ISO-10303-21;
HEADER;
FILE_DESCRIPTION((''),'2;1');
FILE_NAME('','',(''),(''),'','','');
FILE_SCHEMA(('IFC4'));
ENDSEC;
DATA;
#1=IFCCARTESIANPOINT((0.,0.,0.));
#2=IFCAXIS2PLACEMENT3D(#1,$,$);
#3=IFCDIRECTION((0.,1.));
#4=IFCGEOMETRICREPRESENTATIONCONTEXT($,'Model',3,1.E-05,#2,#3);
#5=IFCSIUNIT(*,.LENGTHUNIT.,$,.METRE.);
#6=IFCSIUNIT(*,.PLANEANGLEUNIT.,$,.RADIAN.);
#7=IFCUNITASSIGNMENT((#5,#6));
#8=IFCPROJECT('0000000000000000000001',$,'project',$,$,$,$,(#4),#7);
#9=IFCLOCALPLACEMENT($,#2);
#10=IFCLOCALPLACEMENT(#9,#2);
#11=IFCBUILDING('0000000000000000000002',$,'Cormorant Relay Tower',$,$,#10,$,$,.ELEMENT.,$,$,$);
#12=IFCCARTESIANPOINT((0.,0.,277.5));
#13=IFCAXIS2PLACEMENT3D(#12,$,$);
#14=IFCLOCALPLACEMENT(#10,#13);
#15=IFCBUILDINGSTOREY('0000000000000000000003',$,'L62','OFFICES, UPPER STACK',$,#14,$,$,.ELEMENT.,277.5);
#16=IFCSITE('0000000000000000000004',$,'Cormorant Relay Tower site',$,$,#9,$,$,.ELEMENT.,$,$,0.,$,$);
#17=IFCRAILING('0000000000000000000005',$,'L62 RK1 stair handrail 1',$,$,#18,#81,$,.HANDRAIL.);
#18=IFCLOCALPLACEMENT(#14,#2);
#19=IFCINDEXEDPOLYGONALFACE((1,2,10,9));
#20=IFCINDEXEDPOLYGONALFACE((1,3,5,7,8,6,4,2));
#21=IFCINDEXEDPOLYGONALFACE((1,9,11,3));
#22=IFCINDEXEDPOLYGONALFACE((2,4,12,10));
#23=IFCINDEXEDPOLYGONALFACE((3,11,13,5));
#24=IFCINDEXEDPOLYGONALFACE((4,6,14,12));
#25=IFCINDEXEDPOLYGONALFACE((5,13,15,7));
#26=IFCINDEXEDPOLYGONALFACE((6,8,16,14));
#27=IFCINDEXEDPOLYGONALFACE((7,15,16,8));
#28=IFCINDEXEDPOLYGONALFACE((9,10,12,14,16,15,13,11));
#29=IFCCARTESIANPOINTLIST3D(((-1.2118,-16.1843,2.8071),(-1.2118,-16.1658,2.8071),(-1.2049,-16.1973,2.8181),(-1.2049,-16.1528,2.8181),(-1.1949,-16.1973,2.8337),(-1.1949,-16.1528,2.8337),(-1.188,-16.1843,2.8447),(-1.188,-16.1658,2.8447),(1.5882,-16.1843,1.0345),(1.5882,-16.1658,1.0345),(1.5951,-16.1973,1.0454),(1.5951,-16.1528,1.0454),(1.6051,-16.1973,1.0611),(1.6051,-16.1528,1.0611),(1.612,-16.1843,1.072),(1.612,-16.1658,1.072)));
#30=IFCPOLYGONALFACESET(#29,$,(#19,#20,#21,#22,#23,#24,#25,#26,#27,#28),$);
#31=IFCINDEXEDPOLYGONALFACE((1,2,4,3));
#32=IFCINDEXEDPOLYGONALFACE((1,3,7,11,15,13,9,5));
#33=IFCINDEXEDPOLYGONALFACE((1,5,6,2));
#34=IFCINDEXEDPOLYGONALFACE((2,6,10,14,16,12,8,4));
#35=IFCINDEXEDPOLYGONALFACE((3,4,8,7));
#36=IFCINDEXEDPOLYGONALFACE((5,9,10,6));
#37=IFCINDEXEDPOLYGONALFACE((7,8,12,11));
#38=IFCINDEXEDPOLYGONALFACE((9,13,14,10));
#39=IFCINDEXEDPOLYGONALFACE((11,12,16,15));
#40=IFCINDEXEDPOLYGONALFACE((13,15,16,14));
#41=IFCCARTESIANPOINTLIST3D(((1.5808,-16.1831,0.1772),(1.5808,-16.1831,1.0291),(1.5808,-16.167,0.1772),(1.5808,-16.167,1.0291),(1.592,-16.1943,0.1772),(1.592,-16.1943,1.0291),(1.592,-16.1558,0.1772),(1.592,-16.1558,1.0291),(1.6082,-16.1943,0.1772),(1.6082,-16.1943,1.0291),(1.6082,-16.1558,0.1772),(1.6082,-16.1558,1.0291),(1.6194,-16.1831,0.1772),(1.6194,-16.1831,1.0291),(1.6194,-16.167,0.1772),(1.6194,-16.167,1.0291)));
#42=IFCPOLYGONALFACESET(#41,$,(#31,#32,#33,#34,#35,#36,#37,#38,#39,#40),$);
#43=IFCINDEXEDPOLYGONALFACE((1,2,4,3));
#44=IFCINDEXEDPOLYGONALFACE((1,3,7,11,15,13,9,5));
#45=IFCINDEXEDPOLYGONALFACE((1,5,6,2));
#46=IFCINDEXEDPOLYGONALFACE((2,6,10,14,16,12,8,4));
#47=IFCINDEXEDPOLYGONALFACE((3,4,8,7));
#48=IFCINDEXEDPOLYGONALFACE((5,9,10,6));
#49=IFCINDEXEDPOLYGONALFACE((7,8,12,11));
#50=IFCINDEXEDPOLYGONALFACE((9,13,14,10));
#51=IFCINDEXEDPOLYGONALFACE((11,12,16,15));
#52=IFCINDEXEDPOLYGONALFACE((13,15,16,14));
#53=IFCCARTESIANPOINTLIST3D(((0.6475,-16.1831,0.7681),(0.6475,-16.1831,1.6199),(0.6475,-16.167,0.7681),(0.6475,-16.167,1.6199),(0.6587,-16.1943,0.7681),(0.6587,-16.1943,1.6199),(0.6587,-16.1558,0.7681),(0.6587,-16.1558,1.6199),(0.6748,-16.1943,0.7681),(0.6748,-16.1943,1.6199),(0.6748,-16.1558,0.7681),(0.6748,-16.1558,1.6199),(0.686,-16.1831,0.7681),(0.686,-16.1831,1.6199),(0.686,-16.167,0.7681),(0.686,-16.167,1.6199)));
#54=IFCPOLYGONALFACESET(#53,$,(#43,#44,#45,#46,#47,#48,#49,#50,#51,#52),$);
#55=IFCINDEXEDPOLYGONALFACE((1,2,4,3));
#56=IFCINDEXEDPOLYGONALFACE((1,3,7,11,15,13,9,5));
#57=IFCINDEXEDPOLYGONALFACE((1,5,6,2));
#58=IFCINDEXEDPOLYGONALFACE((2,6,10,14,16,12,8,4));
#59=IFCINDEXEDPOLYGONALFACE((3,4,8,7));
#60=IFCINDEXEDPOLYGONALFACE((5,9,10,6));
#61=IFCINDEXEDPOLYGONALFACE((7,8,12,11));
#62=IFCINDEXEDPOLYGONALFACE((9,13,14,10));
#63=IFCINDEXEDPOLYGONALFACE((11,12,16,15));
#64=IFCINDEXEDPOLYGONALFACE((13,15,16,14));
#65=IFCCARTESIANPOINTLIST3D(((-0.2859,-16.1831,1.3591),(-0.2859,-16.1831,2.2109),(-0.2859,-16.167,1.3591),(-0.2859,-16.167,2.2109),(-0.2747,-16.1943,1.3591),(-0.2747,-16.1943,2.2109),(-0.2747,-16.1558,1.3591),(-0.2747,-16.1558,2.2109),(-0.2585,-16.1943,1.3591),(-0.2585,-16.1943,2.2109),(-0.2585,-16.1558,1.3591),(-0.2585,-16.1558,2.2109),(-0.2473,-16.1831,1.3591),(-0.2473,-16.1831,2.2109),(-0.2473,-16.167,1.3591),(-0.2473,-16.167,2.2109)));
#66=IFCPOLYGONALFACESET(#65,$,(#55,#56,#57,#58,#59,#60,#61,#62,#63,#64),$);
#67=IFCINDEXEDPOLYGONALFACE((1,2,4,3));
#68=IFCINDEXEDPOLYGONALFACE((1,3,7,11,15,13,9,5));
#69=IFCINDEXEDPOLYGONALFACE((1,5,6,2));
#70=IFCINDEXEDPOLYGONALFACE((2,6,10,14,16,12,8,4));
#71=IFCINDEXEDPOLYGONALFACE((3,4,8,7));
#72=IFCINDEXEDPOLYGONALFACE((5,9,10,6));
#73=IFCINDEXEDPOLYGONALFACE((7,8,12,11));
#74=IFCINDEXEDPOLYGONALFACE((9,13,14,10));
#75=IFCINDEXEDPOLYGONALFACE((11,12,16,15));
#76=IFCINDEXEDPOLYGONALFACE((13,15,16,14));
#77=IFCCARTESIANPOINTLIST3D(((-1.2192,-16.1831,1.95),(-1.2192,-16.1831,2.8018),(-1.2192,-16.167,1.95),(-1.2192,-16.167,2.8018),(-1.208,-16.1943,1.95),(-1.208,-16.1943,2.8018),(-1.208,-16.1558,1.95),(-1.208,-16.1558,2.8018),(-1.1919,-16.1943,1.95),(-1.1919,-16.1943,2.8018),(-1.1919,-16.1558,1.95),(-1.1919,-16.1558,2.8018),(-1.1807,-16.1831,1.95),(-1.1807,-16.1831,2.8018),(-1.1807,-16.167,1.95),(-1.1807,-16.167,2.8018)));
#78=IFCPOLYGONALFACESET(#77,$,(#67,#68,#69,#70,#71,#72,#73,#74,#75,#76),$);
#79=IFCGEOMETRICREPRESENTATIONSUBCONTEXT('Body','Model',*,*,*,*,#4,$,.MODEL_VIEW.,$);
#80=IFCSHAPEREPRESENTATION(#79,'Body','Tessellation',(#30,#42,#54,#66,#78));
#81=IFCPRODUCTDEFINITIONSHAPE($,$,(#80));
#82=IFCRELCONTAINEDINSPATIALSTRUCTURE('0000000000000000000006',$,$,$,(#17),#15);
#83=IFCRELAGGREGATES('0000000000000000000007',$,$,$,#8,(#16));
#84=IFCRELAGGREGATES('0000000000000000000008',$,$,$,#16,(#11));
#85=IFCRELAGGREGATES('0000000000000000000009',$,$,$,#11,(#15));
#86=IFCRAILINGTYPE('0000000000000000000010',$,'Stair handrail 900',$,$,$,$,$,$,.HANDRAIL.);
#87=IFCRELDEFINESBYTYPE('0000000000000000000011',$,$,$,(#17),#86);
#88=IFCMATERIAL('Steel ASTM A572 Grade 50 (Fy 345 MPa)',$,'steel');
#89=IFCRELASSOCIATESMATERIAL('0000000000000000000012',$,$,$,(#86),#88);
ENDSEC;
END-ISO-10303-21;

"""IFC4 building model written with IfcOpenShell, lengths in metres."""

from ifc_helpers import new_model, si_unit, direction, frame, origin, place, context, subcontext, project, spatial, polyline, outline, extrude, material, type_object, element, save


model = new_model("IFC4")

# Units and contexts
model_context = context("Model", 3, precision=1e-05, world=origin(), true_north=direction((0.0, 1.0)))
body_context = subcontext(model_context, "Body", "Model", "MODEL_VIEW")
ifc_project = project(units=[si_unit("LENGTHUNIT", "METRE"), si_unit("PLANEANGLEUNIT", "RADIAN")], contexts=[model_context])

# Site, building, storey
site_placement = place(None, origin())
site = spatial("IfcSite", under=ifc_project, at=site_placement, Name="Cormorant Relay Tower site", CompositionType="ELEMENT", RefElevation=0.0)
building_placement = place(site_placement, origin())
building = spatial("IfcBuilding", under=site, at=building_placement, Name="Cormorant Relay Tower", CompositionType="ELEMENT")
storey_placement = place(building_placement, frame((0.0, 0.0, 277.5)))
storey = spatial("IfcBuildingStorey", under=building, at=storey_placement, Name="L62", Description="OFFICES, UPPER STACK", CompositionType="ELEMENT", Elevation=277.5)

# Railing
ifc_material_1 = material(Name="Steel ASTM A572 Grade 50 (Fy 345 MPa)", Category="steel")
railing_type = type_object("IfcRailingType", Name="Stair handrail 900", PredefinedType="HANDRAIL", material=ifc_material_1)
railing_placement = place(storey_placement, frame((1.6001, -16.175, 0.1772)))
element("IfcRailing", 1, at=railing_placement, inside=storey, type_object=railing_type, Name="L62 RK1 stair handrail 1", PredefinedType="HANDRAIL", context=body_context, shape_type="SweptSolid", body=[
    extrude(outline(polyline([(0.0222, 0.0093), (0.0093, 0.0222), (-0.0093, 0.0222), (-0.0222, 0.0093), (-0.0222, -0.0093), (-0.0093, -0.0222), (0.0093, -0.0222), (0.0222, -0.0093), (0.0222, 0.0093)])), frame((0.0, 0.0, 0.876), z_axis=(-0.844909, 0.0, 0.53491), x_axis=(0.0, -1.0, 0.0)), (0.0, 0.0, 1.0), 3.314),
    extrude(outline(polyline([(0.0193, 0.0081), (0.0081, 0.0193), (-0.0081, 0.0193), (-0.0193, 0.0081), (-0.0193, -0.0081), (-0.0081, -0.0193), (0.0081, -0.0193), (0.0193, -0.0081), (0.0193, 0.0081)])), origin(), (0.0, 0.0, 1.0), 0.8518),
    extrude(outline(polyline([(0.0193, 0.0081), (0.0081, 0.0193), (-0.0081, 0.0193), (-0.0193, 0.0081), (-0.0193, -0.0081), (-0.0081, -0.0193), (0.0081, -0.0193), (0.0193, -0.0081), (0.0193, 0.0081)])), frame((-0.9333, 0.0, 0.5908)), (0.0, 0.0, 1.0), 0.8518),
    extrude(outline(polyline([(0.0193, 0.0081), (0.0081, 0.0193), (-0.0081, 0.0193), (-0.0193, 0.0081), (-0.0193, -0.0081), (-0.0081, -0.0193), (0.0081, -0.0193), (0.0193, -0.0081), (0.0193, 0.0081)])), frame((-1.8667, 0.0, 1.1819)), (0.0, 0.0, 1.0), 0.8518),
    extrude(outline(polyline([(0.0193, 0.0081), (0.0081, 0.0193), (-0.0081, 0.0193), (-0.0193, 0.0081), (-0.0193, -0.0081), (-0.0081, -0.0193), (0.0081, -0.0193), (0.0193, -0.0081), (0.0193, 0.0081)])), frame((-2.8, 0.0, 1.7727)), (0.0, 0.0, 1.0), 0.8518),
])

save(model, "model.ifc")
